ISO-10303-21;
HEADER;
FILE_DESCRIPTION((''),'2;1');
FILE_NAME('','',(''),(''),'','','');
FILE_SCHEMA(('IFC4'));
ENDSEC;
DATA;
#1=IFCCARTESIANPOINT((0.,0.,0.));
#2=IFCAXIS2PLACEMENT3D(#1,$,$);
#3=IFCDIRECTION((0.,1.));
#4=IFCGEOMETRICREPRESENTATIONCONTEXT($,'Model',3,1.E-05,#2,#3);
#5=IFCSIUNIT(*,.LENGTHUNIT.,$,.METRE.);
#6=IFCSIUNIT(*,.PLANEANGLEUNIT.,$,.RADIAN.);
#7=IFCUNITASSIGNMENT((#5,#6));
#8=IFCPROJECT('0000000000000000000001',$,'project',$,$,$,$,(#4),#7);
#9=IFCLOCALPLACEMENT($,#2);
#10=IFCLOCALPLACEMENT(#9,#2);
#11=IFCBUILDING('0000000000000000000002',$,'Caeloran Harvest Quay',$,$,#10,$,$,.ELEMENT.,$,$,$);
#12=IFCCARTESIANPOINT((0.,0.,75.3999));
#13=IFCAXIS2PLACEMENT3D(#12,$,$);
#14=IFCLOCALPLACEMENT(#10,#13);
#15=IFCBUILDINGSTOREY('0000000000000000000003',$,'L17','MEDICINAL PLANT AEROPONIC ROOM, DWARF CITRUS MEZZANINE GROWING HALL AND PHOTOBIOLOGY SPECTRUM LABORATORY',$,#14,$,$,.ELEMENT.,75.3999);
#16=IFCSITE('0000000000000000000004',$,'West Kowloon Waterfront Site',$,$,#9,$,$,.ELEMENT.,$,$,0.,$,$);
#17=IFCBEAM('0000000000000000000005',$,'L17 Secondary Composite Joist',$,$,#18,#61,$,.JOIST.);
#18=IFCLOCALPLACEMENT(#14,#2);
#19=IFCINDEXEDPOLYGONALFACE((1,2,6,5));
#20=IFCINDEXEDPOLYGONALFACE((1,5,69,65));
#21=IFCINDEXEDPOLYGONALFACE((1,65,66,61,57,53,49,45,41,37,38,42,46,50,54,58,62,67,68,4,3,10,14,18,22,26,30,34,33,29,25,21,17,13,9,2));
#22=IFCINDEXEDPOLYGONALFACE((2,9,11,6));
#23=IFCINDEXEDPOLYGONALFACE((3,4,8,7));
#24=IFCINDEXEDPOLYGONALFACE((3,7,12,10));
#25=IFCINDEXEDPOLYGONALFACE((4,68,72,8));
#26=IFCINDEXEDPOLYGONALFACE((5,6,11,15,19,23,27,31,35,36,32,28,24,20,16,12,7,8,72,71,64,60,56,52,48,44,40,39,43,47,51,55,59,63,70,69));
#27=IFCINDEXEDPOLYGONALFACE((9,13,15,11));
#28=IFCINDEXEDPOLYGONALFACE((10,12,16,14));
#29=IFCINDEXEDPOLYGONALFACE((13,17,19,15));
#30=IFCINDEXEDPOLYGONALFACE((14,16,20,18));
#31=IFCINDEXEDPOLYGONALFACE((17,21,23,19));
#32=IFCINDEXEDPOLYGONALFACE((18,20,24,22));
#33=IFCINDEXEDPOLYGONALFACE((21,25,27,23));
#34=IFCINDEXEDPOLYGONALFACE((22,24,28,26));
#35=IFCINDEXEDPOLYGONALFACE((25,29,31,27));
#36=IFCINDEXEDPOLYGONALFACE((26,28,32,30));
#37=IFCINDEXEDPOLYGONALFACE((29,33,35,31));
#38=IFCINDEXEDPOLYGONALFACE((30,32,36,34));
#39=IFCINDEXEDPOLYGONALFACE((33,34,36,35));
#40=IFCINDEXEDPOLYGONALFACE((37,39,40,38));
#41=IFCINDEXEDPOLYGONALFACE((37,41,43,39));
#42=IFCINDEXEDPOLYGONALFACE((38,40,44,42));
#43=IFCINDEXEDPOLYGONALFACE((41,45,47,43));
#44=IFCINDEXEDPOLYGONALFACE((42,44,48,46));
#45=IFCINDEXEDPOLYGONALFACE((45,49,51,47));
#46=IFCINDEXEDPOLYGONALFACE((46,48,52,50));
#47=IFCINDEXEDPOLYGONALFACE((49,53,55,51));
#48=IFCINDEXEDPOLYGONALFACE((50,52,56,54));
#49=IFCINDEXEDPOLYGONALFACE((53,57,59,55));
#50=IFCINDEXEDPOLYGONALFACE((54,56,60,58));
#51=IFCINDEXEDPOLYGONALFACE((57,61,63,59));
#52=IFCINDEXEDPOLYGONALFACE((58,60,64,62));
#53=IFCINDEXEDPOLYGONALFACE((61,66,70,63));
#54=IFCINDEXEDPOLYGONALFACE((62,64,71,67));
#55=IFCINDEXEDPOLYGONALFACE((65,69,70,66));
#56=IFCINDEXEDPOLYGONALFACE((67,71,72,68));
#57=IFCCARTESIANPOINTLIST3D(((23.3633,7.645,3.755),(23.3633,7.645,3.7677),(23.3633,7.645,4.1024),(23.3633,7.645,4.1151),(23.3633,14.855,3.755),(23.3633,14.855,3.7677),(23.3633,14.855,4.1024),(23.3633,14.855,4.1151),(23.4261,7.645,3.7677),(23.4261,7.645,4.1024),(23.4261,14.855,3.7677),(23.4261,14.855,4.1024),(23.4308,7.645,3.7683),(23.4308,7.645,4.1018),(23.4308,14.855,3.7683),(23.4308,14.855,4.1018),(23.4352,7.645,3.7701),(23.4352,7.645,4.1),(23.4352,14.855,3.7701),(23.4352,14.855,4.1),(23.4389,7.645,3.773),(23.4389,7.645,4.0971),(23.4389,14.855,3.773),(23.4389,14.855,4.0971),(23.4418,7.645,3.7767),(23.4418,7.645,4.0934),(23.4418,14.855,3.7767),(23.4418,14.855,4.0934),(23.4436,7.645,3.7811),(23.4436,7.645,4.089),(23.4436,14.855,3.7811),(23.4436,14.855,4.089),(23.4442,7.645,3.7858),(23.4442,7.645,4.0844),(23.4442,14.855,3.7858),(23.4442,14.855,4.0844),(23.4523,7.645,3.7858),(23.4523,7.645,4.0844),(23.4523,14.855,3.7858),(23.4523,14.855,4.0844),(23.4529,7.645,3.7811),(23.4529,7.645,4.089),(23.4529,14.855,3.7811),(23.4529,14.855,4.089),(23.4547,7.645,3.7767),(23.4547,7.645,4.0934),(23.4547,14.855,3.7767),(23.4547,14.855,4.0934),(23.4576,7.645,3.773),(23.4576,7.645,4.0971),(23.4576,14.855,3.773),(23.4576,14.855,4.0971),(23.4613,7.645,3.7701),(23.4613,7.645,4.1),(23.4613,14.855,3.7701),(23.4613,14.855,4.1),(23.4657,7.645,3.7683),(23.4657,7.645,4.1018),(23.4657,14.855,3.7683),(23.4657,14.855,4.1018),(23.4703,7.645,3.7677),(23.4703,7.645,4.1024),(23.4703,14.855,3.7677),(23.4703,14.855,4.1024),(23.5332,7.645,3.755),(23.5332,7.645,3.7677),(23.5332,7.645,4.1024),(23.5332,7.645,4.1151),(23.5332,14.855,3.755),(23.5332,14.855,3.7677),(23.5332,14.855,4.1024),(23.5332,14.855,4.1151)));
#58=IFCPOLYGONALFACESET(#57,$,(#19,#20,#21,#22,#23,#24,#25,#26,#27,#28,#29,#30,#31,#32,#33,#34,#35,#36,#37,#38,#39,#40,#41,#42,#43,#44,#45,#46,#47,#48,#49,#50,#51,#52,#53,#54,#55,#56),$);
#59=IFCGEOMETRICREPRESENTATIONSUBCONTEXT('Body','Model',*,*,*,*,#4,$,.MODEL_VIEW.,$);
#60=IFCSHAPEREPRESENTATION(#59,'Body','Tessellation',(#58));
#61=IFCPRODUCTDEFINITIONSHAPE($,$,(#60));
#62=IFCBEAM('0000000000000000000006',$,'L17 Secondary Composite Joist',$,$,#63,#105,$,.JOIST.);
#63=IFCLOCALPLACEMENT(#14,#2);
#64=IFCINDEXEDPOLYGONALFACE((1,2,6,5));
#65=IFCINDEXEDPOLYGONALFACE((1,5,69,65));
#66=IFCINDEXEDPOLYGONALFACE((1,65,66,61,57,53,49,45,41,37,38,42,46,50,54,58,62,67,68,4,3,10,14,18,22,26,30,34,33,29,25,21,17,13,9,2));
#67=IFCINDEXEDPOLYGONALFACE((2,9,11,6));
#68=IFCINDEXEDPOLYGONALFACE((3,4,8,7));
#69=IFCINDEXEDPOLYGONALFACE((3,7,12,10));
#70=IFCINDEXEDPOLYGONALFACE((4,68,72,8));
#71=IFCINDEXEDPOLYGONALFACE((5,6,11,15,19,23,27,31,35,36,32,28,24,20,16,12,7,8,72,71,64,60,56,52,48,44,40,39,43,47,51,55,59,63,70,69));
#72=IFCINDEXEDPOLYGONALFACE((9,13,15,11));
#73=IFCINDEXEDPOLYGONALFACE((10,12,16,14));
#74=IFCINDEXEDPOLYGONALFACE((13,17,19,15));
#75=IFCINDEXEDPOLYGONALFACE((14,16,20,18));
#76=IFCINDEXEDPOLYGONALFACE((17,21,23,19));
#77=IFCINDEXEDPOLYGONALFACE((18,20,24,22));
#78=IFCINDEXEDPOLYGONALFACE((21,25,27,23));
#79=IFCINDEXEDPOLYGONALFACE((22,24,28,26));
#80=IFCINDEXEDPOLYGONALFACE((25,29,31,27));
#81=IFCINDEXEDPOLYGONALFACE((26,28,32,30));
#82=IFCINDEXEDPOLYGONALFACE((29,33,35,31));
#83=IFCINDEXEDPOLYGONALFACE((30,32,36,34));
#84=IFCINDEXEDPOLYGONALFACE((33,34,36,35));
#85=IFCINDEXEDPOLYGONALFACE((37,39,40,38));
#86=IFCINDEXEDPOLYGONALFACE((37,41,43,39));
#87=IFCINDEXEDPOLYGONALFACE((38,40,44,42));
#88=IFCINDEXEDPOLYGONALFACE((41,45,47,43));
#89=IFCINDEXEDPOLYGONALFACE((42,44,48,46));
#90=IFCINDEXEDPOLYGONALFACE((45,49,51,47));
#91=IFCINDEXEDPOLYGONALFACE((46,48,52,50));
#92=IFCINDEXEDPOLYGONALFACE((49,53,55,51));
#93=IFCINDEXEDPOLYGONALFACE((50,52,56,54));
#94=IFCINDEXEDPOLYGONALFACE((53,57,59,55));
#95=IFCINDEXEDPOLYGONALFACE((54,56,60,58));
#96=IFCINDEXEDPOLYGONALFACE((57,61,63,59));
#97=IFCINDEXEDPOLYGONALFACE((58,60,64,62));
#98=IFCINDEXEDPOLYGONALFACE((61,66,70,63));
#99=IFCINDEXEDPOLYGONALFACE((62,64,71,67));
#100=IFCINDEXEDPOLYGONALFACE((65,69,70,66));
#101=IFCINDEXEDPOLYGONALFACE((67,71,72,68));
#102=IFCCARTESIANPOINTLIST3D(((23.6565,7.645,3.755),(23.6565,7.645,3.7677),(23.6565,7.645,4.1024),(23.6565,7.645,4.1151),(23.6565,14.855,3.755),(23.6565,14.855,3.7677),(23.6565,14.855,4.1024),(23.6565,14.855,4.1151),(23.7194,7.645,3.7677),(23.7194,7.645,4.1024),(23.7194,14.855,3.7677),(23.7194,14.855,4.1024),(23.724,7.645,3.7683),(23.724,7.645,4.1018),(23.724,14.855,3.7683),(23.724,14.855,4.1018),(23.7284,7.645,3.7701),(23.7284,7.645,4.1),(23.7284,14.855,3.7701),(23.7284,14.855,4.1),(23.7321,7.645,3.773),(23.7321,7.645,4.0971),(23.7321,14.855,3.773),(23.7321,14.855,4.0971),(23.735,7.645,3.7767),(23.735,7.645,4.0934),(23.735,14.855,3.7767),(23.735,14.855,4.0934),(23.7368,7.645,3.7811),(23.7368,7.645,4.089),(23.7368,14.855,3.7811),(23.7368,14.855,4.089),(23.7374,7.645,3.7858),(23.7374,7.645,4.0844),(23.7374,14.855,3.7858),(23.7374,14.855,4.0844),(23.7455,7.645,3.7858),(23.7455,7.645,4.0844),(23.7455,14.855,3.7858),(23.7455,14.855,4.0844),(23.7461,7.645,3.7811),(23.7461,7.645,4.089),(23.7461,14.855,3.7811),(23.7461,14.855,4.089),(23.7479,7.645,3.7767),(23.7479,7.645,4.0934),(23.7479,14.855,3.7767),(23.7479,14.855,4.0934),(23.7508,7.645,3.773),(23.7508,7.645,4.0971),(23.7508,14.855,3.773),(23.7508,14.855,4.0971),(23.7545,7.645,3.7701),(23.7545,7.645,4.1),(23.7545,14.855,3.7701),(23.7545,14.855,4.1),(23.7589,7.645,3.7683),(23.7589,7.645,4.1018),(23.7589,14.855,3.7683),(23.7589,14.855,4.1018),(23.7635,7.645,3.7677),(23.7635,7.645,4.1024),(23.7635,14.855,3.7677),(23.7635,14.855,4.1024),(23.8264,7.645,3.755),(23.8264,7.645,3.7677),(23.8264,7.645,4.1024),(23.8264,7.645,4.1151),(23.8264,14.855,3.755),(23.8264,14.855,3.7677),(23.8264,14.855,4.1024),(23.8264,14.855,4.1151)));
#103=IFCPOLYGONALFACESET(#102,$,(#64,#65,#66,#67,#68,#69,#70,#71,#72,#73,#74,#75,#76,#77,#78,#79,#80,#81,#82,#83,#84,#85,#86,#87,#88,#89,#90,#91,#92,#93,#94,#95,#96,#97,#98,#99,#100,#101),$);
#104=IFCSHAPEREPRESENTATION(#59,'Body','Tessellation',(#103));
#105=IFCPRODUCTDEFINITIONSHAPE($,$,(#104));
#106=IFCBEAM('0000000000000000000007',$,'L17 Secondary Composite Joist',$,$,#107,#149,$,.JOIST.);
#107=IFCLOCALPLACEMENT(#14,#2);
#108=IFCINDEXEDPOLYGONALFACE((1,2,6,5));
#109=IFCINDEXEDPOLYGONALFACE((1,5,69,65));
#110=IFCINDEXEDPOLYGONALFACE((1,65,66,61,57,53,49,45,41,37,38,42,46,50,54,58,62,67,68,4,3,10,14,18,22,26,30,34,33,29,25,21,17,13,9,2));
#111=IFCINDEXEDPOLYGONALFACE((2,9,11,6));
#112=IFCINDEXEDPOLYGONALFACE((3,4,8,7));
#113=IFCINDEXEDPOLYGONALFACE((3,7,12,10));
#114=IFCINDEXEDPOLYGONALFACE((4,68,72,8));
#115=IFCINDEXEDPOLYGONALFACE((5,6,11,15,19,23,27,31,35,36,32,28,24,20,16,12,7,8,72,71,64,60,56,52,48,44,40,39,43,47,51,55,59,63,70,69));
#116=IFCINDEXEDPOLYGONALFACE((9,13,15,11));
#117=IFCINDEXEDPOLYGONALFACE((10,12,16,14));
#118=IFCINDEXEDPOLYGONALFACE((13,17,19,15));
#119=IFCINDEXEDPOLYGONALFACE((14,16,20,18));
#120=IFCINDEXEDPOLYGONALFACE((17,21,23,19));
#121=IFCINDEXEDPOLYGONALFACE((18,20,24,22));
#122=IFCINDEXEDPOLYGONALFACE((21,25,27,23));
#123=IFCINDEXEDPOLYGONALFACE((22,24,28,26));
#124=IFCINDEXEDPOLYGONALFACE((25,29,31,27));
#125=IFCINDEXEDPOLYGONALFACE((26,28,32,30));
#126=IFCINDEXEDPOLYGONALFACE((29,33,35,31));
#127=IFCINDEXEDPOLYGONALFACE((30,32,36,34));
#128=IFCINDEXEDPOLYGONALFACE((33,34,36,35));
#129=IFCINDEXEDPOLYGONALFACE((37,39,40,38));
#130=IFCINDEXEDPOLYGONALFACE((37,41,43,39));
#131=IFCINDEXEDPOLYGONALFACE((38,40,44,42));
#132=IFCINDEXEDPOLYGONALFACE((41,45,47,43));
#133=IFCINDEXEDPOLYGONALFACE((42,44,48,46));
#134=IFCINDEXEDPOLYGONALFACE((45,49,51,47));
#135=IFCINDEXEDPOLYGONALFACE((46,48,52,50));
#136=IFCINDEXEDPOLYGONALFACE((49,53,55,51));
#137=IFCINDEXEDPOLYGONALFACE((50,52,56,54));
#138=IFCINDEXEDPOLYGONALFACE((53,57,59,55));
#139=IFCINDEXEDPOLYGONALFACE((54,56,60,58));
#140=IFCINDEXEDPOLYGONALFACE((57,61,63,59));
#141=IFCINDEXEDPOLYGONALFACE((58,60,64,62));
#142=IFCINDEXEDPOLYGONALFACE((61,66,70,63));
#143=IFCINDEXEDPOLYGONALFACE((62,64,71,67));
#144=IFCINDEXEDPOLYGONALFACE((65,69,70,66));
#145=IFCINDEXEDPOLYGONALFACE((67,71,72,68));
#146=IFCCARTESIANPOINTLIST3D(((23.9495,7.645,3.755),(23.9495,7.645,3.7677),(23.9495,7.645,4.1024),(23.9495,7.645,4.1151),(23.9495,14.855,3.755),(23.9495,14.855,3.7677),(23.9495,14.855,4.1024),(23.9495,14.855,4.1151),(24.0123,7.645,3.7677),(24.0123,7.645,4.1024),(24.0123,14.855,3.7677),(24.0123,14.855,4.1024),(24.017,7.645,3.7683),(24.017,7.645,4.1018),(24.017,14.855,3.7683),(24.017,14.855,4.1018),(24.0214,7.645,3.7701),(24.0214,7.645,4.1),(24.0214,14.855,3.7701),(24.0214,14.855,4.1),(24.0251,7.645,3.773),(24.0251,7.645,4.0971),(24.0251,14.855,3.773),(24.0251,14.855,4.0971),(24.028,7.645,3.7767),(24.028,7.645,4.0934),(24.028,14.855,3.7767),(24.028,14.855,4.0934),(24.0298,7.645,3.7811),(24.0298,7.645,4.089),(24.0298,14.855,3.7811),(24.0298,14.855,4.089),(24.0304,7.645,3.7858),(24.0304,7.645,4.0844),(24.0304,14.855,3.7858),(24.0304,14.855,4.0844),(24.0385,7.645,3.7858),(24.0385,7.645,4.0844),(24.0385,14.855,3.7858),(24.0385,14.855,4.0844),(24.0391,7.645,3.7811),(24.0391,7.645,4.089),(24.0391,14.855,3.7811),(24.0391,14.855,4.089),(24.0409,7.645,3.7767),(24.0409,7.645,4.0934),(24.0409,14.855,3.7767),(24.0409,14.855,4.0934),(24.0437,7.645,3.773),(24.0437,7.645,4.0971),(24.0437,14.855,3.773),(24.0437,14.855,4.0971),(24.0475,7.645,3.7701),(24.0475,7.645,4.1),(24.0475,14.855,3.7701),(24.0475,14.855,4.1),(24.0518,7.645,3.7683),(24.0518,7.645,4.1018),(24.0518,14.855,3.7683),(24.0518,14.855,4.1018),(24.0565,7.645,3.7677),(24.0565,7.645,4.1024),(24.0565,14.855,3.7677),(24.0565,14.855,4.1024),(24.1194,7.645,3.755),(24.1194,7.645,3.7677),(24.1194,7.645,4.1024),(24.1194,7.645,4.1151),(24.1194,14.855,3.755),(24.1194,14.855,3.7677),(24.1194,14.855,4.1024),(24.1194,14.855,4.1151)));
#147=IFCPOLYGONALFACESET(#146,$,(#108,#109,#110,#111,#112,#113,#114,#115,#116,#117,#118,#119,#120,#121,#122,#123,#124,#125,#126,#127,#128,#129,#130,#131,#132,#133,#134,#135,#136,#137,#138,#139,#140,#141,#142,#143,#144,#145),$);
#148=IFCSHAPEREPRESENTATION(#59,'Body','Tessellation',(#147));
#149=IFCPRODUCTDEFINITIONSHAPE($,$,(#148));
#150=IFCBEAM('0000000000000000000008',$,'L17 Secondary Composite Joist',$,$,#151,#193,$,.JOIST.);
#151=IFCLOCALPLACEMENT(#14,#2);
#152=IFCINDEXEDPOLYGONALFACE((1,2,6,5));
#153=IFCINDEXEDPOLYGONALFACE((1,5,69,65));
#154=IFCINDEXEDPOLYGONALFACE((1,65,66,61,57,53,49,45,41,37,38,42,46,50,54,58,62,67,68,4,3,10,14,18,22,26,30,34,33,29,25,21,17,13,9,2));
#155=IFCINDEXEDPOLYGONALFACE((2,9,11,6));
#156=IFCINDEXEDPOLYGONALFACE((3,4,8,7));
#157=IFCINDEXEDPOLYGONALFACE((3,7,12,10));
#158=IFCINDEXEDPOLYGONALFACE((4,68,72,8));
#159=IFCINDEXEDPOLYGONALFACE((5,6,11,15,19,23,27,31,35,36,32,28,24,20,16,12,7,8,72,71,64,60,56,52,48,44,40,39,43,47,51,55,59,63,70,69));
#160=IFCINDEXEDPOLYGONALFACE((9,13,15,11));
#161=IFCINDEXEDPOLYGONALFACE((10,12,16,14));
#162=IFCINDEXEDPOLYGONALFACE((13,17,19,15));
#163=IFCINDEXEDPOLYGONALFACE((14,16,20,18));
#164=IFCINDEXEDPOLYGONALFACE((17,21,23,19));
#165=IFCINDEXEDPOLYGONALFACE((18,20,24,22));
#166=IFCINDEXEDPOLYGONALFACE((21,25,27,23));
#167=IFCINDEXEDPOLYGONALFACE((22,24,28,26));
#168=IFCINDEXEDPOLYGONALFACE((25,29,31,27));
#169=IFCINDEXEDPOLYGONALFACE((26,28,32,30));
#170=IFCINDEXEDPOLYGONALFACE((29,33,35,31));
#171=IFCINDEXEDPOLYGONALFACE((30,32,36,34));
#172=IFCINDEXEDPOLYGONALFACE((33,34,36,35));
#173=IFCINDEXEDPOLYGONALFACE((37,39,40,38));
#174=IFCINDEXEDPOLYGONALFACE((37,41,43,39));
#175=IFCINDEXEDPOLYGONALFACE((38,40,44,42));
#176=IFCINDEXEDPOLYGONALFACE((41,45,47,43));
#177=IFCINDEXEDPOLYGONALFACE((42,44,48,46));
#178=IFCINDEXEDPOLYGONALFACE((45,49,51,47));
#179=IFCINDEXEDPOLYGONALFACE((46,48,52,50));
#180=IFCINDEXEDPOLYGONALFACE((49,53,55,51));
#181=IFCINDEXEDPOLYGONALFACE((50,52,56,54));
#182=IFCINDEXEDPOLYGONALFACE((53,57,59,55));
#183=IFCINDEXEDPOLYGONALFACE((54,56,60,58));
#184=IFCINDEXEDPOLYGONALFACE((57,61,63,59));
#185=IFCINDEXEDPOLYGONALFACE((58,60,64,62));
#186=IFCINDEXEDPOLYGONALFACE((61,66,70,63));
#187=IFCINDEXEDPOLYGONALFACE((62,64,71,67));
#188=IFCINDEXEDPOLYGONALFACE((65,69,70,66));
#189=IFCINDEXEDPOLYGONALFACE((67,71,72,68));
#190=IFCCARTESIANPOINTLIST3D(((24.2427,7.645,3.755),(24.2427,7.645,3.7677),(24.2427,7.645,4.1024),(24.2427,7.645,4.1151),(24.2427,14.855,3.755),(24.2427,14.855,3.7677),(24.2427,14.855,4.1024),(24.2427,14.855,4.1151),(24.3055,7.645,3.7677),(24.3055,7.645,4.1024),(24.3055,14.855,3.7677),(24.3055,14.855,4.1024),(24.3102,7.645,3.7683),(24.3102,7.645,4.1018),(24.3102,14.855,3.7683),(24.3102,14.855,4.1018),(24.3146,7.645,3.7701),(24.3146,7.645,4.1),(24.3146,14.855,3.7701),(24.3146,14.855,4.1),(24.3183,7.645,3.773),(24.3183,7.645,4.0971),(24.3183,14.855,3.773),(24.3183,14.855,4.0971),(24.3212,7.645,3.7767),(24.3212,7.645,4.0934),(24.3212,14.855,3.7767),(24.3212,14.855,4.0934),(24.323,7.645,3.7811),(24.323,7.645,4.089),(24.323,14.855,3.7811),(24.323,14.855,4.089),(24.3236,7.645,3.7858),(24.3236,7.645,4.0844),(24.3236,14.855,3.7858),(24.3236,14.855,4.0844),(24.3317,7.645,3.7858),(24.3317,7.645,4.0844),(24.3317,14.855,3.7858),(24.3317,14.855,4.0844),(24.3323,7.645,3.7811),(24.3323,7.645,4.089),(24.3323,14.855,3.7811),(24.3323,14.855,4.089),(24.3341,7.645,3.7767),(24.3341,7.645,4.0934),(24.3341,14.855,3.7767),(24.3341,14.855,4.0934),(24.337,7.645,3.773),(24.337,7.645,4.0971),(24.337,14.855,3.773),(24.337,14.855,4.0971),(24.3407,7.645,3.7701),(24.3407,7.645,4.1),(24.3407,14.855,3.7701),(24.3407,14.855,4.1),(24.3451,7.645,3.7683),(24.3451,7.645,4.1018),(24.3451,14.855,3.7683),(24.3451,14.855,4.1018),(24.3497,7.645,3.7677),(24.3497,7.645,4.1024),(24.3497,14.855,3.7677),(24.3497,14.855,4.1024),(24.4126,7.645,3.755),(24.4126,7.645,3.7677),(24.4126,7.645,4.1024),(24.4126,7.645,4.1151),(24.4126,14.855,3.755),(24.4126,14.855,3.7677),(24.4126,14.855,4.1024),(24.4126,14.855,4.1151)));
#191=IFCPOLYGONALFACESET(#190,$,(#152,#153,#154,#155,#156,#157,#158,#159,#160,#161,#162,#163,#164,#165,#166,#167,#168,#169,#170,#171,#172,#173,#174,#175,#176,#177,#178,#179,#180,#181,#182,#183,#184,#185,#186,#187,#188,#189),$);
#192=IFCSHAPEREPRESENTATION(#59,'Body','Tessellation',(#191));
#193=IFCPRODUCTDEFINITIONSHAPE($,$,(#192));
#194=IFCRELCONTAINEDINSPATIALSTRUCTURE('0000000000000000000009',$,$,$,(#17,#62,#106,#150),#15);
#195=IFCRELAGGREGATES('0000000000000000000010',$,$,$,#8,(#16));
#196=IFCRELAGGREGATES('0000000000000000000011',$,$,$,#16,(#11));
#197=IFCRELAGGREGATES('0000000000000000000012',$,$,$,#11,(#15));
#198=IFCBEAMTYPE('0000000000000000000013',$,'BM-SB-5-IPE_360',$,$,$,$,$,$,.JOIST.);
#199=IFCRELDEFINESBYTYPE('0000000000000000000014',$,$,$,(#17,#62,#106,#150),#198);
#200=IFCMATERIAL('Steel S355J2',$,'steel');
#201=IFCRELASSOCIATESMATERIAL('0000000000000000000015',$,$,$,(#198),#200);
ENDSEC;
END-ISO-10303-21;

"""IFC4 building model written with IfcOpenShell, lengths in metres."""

from ifc_helpers import new_model, si_unit, direction, frame, origin, origin_2d, place, context, subcontext, project, spatial, i_section, extrude, material, material_profile, profile_set, type_object, element, save


model = new_model("IFC4")

# Units and contexts
model_context = context("Model", 3, precision=1e-05, world=origin(), true_north=direction((0.0, 1.0)))
body_context = subcontext(model_context, "Body", "Model", "MODEL_VIEW")
ifc_project = project(units=[si_unit("LENGTHUNIT", "METRE"), si_unit("PLANEANGLEUNIT", "RADIAN")], contexts=[model_context])

# Site, building, storey
site_placement = place(None, origin())
site = spatial("IfcSite", under=ifc_project, at=site_placement, Name="West Kowloon Waterfront Site", CompositionType="ELEMENT", RefElevation=0.0)
building_placement = place(site_placement, origin())
building = spatial("IfcBuilding", under=site, at=building_placement, Name="Caeloran Harvest Quay", CompositionType="ELEMENT")
storey_placement = place(building_placement, frame((0.0, 0.0, 75.3999)))
storey = spatial("IfcBuildingStorey", under=building, at=storey_placement, Name="L17", Description="MEDICINAL PLANT AEROPONIC ROOM, DWARF CITRUS MEZZANINE GROWING HALL AND PHOTOBIOLOGY SPECTRUM LABORATORY", CompositionType="ELEMENT", Elevation=75.3999)

# Beams
ifc_material_1 = material(Name="Steel S355J2", Category="steel")
ifc_material_profile_1 = material_profile(ifc_material_1, i_section(OverallWidth=0.1699, OverallDepth=0.3601, WebThickness=0.0081, FlangeThickness=0.0127, FilletRadius=0.0181, at=origin_2d()), Name="IPE 360")
ifc_profile_set_1 = profile_set([ifc_material_profile_1], Name="Steel S355J2")
beam_type_1 = type_object("IfcBeamType", Name="BM-SB-5-IPE_360", PredefinedType="JOIST", material=ifc_profile_set_1)
for number, where, z_axis, x_axis, name in (
    (1, (23.4482, 7.645, 3.9351), (0.0, 1.0, 0.0), (-1.0, 0.0, 0.0), "L17 Secondary Composite Joist"),
    (2, (23.7415, 7.645, 3.9351), (0.0, 1.0, 0.0), (-1.0, 0.0, 0.0), "L17 Secondary Composite Joist"),
    (3, (24.0344, 7.645, 3.9351), (0.0, 1.0, 0.0), (-1.0, 0.0, 0.0), "L17 Secondary Composite Joist"),
    (4, (24.3276, 7.645, 3.9351), (0.0, 1.0, 0.0), (-1.0, 0.0, 0.0), "L17 Secondary Composite Joist"),
):
    element("IfcBeam", number, at=place(storey_placement, frame(where, z_axis=z_axis, x_axis=x_axis)), inside=storey, type_object=beam_type_1, Name=name, PredefinedType="JOIST", context=body_context, shape_type="SweptSolid", body=[
        extrude(i_section(OverallWidth=0.1699, OverallDepth=0.3601, WebThickness=0.0081, FlangeThickness=0.0127, FilletRadius=0.0181, at=origin_2d()), origin(), (0.0, 0.0, 1.0), 7.21),
    ])

save(model, "model.ifc")
